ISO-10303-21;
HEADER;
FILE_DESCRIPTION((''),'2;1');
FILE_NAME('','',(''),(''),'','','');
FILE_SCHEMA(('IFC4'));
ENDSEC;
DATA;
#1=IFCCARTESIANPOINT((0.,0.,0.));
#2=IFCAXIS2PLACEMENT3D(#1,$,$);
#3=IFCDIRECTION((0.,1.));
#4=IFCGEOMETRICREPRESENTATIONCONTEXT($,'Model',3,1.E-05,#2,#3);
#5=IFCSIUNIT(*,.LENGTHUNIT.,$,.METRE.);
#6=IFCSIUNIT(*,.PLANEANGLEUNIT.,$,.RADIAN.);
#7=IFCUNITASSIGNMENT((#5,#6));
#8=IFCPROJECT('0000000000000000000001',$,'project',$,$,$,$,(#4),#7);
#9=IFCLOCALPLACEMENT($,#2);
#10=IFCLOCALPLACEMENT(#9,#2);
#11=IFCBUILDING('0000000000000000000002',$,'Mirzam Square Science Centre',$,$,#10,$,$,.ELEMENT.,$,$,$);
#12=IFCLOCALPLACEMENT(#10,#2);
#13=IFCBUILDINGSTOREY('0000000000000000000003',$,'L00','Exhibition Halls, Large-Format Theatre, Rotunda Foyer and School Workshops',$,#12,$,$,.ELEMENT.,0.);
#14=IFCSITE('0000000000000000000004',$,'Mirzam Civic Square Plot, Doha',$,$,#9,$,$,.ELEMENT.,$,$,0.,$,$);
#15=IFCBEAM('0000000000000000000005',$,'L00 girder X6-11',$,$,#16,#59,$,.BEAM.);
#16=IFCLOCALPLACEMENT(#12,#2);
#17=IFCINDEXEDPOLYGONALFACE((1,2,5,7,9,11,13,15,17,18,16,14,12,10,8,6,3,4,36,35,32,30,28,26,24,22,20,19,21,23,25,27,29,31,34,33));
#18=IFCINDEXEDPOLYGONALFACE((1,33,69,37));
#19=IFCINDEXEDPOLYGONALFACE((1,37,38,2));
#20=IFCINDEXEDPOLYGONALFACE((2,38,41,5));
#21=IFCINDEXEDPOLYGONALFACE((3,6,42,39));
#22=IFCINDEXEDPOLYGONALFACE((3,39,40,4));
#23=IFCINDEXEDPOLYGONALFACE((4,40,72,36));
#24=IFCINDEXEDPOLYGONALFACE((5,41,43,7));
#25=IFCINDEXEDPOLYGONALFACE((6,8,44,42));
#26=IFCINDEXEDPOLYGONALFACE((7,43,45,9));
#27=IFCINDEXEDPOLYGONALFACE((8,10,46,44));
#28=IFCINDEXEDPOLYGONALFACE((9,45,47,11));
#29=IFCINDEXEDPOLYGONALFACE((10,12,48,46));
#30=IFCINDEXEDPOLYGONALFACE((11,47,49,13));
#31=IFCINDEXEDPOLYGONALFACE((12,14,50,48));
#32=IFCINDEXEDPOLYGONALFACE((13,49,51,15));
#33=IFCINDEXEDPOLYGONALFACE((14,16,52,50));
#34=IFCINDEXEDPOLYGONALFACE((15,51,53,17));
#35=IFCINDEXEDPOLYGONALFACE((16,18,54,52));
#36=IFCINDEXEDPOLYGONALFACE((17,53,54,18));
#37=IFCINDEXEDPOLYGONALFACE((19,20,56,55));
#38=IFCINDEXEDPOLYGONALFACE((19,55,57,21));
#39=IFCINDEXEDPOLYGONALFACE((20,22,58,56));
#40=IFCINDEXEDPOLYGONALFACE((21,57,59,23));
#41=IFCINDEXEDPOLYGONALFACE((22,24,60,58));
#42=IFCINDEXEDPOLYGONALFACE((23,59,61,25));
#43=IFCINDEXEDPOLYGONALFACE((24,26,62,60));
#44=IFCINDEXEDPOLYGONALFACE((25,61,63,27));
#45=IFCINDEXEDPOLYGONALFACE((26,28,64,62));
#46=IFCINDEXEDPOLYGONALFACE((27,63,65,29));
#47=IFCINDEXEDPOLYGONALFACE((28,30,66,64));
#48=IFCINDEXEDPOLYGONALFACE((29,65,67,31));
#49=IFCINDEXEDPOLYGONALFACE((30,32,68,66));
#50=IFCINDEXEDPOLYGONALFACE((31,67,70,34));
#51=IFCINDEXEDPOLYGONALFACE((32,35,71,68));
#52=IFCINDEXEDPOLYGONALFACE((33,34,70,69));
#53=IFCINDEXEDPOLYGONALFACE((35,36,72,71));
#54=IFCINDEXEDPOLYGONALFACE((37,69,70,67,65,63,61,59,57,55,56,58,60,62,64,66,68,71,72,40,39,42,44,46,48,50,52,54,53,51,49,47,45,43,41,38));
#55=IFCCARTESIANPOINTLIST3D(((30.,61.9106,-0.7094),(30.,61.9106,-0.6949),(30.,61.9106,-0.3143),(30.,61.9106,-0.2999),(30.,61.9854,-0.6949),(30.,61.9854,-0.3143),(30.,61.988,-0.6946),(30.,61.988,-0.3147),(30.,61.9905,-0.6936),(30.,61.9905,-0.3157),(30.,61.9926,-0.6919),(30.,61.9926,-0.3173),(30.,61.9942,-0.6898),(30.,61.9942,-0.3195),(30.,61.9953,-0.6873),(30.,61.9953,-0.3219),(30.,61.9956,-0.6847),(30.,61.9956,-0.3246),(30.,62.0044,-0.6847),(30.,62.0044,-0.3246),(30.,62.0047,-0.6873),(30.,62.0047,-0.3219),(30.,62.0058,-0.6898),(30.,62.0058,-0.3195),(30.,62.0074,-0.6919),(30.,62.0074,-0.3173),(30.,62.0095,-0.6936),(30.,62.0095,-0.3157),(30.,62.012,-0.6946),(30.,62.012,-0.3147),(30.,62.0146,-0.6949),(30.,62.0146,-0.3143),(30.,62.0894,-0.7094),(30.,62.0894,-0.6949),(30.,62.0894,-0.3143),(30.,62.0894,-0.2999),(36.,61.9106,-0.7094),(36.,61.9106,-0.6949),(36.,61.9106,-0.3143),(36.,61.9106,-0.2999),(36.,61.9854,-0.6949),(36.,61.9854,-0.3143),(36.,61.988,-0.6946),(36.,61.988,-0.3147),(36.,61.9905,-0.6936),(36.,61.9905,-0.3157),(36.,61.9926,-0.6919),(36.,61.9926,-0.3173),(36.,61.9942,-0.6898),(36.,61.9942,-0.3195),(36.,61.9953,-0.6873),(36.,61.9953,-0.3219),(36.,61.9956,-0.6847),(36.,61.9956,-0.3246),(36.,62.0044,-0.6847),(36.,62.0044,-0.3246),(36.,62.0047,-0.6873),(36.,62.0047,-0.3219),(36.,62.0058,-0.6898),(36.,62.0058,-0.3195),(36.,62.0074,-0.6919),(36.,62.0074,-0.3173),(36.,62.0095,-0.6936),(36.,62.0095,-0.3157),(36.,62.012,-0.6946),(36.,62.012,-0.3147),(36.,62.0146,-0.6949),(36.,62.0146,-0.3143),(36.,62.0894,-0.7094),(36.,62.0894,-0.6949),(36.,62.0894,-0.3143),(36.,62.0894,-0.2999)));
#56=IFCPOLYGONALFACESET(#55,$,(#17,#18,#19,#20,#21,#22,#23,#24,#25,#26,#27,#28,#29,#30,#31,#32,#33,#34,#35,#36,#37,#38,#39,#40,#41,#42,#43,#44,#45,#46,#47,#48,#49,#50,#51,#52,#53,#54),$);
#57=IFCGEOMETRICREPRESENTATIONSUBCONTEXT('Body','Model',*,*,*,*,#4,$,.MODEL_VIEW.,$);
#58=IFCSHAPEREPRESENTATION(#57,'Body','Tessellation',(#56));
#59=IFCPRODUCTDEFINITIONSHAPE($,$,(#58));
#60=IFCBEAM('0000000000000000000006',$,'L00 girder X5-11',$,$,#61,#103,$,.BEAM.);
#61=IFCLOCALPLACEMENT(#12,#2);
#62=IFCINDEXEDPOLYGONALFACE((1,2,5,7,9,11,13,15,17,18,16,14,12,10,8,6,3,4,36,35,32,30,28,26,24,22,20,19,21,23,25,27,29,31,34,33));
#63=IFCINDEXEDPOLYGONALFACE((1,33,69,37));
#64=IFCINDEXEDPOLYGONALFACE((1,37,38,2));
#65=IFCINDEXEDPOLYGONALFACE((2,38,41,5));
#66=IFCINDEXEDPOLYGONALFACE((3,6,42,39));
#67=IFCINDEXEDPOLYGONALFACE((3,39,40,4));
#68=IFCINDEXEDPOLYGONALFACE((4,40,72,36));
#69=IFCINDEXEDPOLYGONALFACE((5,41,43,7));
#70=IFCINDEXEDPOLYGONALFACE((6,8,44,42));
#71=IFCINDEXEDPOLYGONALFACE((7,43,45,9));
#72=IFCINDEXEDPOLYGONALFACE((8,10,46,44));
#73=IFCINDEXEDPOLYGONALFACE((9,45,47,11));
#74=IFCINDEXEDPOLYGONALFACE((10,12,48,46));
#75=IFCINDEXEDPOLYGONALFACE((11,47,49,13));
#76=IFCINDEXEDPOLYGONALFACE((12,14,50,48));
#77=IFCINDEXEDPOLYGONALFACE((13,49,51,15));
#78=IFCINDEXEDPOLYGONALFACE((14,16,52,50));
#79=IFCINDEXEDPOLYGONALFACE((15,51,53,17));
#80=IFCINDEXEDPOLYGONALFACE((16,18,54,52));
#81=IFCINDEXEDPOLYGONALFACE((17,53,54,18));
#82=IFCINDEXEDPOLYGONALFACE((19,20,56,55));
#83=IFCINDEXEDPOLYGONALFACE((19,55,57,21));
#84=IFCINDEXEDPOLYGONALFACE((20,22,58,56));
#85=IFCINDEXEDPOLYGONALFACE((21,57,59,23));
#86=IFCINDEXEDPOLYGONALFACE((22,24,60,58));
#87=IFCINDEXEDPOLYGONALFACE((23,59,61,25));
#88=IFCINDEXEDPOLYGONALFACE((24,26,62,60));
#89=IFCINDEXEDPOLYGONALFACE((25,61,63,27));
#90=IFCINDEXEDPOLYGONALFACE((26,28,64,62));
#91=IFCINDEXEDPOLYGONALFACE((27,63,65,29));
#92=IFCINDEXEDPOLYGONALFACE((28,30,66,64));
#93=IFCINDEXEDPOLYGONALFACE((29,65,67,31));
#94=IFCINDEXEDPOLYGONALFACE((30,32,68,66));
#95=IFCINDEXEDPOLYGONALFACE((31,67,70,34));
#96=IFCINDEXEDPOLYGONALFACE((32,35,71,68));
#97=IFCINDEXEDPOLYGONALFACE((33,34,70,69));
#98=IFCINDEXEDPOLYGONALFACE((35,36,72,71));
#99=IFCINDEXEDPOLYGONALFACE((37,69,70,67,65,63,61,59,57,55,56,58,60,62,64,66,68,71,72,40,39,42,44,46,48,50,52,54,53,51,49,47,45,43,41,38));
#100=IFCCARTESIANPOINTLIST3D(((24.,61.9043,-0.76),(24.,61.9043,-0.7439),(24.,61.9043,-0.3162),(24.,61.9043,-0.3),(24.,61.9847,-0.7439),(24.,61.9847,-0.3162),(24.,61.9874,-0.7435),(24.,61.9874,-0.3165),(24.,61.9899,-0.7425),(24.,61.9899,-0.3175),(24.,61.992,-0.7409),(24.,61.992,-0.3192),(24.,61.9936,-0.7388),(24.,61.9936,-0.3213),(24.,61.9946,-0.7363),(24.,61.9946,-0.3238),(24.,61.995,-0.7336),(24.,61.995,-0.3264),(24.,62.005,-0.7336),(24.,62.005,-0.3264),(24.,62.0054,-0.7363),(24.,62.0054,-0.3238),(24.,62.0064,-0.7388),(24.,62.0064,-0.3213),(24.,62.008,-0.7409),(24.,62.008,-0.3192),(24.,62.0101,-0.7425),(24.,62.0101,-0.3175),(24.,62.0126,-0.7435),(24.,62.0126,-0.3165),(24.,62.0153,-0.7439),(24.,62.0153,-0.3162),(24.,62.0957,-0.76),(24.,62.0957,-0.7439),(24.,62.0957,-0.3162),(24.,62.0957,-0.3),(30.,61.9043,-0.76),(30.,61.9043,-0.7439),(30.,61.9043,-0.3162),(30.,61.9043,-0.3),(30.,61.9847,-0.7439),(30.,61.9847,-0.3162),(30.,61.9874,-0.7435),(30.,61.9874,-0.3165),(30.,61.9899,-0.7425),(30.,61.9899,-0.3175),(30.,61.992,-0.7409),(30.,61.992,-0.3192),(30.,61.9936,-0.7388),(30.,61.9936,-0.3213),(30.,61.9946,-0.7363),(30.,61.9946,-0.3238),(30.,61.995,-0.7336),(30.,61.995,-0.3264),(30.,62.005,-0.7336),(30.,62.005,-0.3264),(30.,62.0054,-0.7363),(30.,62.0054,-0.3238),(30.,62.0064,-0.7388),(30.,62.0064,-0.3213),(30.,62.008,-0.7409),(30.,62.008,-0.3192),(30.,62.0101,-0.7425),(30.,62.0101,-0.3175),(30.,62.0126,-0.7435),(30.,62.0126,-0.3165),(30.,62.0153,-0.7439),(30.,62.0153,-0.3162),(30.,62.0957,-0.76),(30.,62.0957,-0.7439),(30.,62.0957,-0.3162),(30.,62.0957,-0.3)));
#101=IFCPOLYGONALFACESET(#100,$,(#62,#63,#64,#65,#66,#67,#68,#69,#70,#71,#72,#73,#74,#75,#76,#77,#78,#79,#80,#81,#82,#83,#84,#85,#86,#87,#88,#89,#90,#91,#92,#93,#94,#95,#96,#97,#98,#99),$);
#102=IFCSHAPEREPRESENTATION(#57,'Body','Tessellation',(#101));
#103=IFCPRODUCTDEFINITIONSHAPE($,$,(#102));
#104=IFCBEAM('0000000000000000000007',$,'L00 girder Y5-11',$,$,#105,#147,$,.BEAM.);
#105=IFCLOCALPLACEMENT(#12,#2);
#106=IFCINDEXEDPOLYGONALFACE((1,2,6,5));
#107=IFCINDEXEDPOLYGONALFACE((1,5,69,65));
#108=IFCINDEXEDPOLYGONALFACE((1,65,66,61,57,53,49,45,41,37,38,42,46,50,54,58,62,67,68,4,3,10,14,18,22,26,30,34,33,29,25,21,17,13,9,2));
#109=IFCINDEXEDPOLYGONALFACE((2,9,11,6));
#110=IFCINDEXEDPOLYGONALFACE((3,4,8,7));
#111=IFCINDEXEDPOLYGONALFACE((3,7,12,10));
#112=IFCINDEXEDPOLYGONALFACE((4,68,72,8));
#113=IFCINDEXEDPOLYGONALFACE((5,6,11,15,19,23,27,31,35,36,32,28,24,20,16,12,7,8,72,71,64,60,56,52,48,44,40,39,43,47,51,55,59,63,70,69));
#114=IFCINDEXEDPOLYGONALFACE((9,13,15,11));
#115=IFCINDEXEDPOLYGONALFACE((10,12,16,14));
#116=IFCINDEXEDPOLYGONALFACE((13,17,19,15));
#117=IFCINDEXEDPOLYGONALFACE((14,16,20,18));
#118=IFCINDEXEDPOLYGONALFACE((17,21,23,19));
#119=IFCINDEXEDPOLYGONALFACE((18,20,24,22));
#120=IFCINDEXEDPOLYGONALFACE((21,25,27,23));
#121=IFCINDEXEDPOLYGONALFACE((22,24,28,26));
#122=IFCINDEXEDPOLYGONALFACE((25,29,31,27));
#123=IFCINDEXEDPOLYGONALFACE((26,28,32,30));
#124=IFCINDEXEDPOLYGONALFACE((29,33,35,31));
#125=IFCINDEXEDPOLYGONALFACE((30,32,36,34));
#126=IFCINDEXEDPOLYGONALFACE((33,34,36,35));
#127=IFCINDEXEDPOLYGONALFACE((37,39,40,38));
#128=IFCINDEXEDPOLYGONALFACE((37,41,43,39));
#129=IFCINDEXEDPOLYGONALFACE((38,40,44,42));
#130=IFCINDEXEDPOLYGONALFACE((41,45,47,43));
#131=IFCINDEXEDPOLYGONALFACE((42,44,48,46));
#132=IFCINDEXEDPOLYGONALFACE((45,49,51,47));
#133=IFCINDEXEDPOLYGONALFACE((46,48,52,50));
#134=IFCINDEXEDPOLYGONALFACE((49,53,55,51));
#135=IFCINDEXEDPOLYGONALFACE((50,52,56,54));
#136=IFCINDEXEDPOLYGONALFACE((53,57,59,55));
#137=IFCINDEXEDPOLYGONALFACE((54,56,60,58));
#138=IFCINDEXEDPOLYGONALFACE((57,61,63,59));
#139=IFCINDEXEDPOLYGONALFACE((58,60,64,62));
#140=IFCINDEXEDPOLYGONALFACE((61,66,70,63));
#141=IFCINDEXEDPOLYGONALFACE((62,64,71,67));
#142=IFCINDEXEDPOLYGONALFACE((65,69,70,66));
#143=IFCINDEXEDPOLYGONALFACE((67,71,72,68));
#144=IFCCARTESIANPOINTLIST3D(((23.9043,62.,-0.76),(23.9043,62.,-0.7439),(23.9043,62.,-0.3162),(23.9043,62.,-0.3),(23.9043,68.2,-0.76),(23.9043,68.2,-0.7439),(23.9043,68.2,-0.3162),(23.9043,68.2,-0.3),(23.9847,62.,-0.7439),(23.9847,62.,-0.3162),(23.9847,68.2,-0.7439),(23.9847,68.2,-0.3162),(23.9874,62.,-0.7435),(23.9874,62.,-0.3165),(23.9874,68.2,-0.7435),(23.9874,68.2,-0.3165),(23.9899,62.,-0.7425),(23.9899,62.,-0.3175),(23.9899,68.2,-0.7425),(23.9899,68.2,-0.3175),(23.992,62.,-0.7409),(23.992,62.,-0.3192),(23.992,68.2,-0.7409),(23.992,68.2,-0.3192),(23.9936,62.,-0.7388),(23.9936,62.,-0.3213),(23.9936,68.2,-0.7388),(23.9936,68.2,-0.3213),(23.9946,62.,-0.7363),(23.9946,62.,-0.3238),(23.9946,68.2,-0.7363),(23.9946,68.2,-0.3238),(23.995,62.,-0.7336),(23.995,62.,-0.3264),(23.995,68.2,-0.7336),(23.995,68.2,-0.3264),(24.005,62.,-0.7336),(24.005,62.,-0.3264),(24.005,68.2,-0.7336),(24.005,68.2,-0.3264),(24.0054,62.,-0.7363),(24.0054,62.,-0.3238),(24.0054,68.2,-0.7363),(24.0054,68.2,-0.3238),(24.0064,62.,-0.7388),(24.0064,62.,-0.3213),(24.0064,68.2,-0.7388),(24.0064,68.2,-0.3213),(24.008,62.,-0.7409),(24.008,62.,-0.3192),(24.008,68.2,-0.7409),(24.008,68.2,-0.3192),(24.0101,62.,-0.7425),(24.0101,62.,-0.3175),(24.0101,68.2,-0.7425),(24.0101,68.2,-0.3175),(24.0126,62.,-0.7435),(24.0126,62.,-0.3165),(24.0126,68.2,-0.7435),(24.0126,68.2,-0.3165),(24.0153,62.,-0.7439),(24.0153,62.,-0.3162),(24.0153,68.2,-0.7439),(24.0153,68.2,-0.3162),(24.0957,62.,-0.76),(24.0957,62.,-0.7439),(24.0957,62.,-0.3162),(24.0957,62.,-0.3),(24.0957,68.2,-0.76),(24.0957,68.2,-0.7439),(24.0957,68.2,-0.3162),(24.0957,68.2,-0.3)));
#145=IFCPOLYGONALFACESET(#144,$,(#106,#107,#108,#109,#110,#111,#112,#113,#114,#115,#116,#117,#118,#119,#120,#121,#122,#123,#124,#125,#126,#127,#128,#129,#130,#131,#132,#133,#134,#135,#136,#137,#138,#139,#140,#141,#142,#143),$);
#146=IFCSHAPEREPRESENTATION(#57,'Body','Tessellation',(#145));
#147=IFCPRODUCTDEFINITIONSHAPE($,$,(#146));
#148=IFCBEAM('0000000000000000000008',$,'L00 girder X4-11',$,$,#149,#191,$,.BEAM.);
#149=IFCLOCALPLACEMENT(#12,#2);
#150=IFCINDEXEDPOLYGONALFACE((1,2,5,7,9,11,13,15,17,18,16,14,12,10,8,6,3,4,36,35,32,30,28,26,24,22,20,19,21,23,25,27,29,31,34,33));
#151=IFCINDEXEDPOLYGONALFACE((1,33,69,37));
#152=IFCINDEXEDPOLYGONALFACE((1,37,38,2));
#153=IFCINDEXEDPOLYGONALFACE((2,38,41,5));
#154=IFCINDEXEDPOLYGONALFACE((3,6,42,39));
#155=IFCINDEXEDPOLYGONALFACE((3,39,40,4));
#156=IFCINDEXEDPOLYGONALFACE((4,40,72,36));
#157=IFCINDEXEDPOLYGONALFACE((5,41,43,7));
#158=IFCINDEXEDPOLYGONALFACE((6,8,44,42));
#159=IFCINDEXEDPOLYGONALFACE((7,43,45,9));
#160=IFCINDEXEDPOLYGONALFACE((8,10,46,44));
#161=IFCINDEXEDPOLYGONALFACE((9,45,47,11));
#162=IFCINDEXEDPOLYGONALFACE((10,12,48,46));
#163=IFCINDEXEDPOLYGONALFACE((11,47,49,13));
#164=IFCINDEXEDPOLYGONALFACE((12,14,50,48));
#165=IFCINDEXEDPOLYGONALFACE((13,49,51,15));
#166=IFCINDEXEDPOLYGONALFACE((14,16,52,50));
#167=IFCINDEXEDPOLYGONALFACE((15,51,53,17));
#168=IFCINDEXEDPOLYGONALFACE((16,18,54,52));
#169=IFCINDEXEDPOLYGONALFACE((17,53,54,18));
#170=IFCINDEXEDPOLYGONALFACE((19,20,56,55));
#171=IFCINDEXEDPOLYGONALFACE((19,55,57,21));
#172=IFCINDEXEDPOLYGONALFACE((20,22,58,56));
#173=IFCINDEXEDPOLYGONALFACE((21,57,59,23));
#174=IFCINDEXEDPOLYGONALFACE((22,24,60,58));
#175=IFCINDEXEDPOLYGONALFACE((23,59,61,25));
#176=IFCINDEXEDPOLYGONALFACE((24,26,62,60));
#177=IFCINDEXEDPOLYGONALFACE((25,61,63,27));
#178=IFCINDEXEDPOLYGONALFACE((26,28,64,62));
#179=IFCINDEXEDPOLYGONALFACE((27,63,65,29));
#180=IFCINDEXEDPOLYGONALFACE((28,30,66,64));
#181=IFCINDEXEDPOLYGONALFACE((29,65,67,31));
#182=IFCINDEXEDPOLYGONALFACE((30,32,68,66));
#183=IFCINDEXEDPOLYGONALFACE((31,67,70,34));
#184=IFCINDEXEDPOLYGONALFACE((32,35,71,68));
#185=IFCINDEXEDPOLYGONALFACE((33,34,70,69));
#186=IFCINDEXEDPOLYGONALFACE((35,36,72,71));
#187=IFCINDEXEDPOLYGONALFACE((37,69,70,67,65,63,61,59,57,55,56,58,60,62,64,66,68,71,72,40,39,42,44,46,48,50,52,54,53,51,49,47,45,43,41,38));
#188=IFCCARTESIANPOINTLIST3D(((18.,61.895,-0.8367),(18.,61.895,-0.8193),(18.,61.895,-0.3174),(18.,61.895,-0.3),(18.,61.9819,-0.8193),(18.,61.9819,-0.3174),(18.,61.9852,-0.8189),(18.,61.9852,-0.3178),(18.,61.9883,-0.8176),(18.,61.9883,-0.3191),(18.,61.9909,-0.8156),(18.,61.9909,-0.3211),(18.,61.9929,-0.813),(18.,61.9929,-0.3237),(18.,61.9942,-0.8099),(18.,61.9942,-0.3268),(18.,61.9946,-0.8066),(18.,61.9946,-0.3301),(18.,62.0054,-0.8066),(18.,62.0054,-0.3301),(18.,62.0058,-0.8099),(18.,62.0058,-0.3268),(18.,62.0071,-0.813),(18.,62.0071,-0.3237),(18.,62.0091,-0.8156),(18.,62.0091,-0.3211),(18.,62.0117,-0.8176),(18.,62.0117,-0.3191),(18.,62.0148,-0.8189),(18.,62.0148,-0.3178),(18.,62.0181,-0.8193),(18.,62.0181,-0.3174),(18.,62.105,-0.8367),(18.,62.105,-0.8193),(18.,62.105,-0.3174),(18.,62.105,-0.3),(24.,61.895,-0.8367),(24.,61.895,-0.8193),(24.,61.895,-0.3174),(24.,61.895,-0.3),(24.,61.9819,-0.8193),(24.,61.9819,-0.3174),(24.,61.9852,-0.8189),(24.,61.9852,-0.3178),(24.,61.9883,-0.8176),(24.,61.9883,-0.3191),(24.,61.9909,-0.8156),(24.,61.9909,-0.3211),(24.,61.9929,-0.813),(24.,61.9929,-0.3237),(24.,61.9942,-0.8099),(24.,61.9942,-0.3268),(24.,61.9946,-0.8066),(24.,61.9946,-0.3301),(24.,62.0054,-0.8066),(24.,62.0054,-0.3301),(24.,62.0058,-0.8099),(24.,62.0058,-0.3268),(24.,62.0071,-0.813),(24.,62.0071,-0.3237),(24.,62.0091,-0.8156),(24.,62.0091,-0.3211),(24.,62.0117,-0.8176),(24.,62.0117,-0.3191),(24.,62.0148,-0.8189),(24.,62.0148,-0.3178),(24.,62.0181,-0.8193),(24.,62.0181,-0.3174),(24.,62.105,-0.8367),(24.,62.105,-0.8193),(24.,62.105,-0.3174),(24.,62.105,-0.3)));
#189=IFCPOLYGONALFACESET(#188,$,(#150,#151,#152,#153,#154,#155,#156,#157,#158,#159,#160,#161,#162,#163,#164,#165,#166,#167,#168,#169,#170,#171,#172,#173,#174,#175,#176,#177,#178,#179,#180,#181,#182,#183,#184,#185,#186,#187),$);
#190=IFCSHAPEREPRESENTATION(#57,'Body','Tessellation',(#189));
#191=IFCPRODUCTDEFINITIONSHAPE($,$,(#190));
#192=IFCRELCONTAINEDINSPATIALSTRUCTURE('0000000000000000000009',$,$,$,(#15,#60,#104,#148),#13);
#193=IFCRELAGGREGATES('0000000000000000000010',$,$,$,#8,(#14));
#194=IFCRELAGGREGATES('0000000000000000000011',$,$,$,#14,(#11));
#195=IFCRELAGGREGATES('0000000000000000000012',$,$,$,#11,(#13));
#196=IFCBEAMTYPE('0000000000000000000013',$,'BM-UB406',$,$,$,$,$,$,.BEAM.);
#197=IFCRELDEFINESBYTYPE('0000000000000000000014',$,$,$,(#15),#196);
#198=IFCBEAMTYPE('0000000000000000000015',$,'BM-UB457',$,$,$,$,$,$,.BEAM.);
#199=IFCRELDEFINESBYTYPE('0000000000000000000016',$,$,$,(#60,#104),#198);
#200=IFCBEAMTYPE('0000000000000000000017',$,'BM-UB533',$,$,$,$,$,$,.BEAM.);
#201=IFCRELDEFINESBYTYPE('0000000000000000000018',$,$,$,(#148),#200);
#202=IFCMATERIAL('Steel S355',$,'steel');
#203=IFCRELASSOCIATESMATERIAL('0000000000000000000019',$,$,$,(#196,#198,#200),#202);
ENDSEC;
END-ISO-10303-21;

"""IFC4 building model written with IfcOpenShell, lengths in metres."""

from ifc_helpers import new_model, si_unit, direction, frame, origin, origin_2d, place, context, subcontext, project, spatial, i_section, extrude, material, material_profile, profile_set, type_object, element, save


model = new_model("IFC4")

# Units and contexts
model_context = context("Model", 3, precision=1e-05, world=origin(), true_north=direction((0.0, 1.0)))
body_context = subcontext(model_context, "Body", "Model", "MODEL_VIEW")
ifc_project = project(units=[si_unit("LENGTHUNIT", "METRE"), si_unit("PLANEANGLEUNIT", "RADIAN")], contexts=[model_context])

# Site, building, storey
site_placement = place(None, origin())
site = spatial("IfcSite", under=ifc_project, at=site_placement, Name="Mirzam Civic Square Plot, Doha", CompositionType="ELEMENT", RefElevation=0.0)
building_placement = place(site_placement, origin())
building = spatial("IfcBuilding", under=site, at=building_placement, Name="Mirzam Square Science Centre", CompositionType="ELEMENT")
storey_placement = place(building_placement, origin())
storey = spatial("IfcBuildingStorey", under=building, at=storey_placement, Name="L00", Description="Exhibition Halls, Large-Format Theatre, Rotunda Foyer and School Workshops", CompositionType="ELEMENT", Elevation=0.0)

# Shared definitions
ifc_material_1 = material(Name="Steel S355", Category="steel")

# Beams
ifc_material_profile_1 = material_profile(ifc_material_1, i_section(OverallWidth=0.1787, OverallDepth=0.4094, WebThickness=0.0088, FlangeThickness=0.0144, FilletRadius=0.0103, at=origin_2d()), Name="406x178x67UB")
ifc_profile_set_1 = profile_set([ifc_material_profile_1], Name="Steel S355")
beam_type_1 = type_object("IfcBeamType", Name="BM-UB406", PredefinedType="BEAM", material=ifc_profile_set_1)
beam_1_placement = place(storey_placement, frame((30.0, 62.0, -0.5046), z_axis=(1.0, 0.0, 0.0), x_axis=(0.0, 1.0, 0.0)))
element("IfcBeam", 1, at=beam_1_placement, inside=storey, type_object=beam_type_1, Name="L00 girder X6-11", PredefinedType="BEAM", context=body_context, shape_type="SweptSolid", body=[
    extrude(i_section(OverallWidth=0.1787, OverallDepth=0.4094, WebThickness=0.0088, FlangeThickness=0.0144, FilletRadius=0.0103, at=origin_2d()), origin(), (0.0, 0.0, 1.0), 6.0),
])
ifc_material_profile_2 = material_profile(ifc_material_1, i_section(OverallWidth=0.1914, OverallDepth=0.46, WebThickness=0.01, FlangeThickness=0.0161, FilletRadius=0.0103, at=origin_2d()), Name="457x191x82UB")
ifc_profile_set_2 = profile_set([ifc_material_profile_2], Name="Steel S355")
beam_type_2 = type_object("IfcBeamType", Name="BM-UB457", PredefinedType="BEAM", material=ifc_profile_set_2)
beam_2_placement = place(storey_placement, frame((24.0, 62.0, -0.53), z_axis=(1.0, 0.0, 0.0), x_axis=(0.0, 1.0, 0.0)))
element("IfcBeam", 2, at=beam_2_placement, inside=storey, type_object=beam_type_2, Name="L00 girder X5-11", PredefinedType="BEAM", context=body_context, shape_type="SweptSolid", body=[
    extrude(i_section(OverallWidth=0.1914, OverallDepth=0.46, WebThickness=0.01, FlangeThickness=0.0161, FilletRadius=0.0103, at=origin_2d()), origin(), (0.0, 0.0, 1.0), 6.0),
])
beam_3_placement = place(storey_placement, frame((24.0, 62.0, -0.53), z_axis=(0.0, 1.0, 0.0), x_axis=(-1.0, 0.0, 0.0)))
element("IfcBeam", 3, at=beam_3_placement, inside=storey, type_object=beam_type_2, Name="L00 girder Y5-11", PredefinedType="BEAM", context=body_context, shape_type="SweptSolid", body=[
    extrude(i_section(OverallWidth=0.1914, OverallDepth=0.46, WebThickness=0.01, FlangeThickness=0.0161, FilletRadius=0.0103, at=origin_2d()), origin(), (0.0, 0.0, 1.0), 6.2),
])
ifc_material_profile_3 = material_profile(ifc_material_1, i_section(OverallWidth=0.21, OverallDepth=0.5366, WebThickness=0.0107, FlangeThickness=0.0173, FilletRadius=0.0127, at=origin_2d()), Name="533x210x101UB")
ifc_profile_set_3 = profile_set([ifc_material_profile_3], Name="Steel S355")
beam_type_3 = type_object("IfcBeamType", Name="BM-UB533", PredefinedType="BEAM", material=ifc_profile_set_3)
beam_4_placement = place(storey_placement, frame((18.0, 62.0, -0.5684), z_axis=(1.0, 0.0, 0.0), x_axis=(0.0, 1.0, 0.0)))
element("IfcBeam", 4, at=beam_4_placement, inside=storey, type_object=beam_type_3, Name="L00 girder X4-11", PredefinedType="BEAM", context=body_context, shape_type="SweptSolid", body=[
    extrude(i_section(OverallWidth=0.21, OverallDepth=0.5366, WebThickness=0.0107, FlangeThickness=0.0173, FilletRadius=0.0127, at=origin_2d()), origin(), (0.0, 0.0, 1.0), 6.0),
])

save(model, "model.ifc")
